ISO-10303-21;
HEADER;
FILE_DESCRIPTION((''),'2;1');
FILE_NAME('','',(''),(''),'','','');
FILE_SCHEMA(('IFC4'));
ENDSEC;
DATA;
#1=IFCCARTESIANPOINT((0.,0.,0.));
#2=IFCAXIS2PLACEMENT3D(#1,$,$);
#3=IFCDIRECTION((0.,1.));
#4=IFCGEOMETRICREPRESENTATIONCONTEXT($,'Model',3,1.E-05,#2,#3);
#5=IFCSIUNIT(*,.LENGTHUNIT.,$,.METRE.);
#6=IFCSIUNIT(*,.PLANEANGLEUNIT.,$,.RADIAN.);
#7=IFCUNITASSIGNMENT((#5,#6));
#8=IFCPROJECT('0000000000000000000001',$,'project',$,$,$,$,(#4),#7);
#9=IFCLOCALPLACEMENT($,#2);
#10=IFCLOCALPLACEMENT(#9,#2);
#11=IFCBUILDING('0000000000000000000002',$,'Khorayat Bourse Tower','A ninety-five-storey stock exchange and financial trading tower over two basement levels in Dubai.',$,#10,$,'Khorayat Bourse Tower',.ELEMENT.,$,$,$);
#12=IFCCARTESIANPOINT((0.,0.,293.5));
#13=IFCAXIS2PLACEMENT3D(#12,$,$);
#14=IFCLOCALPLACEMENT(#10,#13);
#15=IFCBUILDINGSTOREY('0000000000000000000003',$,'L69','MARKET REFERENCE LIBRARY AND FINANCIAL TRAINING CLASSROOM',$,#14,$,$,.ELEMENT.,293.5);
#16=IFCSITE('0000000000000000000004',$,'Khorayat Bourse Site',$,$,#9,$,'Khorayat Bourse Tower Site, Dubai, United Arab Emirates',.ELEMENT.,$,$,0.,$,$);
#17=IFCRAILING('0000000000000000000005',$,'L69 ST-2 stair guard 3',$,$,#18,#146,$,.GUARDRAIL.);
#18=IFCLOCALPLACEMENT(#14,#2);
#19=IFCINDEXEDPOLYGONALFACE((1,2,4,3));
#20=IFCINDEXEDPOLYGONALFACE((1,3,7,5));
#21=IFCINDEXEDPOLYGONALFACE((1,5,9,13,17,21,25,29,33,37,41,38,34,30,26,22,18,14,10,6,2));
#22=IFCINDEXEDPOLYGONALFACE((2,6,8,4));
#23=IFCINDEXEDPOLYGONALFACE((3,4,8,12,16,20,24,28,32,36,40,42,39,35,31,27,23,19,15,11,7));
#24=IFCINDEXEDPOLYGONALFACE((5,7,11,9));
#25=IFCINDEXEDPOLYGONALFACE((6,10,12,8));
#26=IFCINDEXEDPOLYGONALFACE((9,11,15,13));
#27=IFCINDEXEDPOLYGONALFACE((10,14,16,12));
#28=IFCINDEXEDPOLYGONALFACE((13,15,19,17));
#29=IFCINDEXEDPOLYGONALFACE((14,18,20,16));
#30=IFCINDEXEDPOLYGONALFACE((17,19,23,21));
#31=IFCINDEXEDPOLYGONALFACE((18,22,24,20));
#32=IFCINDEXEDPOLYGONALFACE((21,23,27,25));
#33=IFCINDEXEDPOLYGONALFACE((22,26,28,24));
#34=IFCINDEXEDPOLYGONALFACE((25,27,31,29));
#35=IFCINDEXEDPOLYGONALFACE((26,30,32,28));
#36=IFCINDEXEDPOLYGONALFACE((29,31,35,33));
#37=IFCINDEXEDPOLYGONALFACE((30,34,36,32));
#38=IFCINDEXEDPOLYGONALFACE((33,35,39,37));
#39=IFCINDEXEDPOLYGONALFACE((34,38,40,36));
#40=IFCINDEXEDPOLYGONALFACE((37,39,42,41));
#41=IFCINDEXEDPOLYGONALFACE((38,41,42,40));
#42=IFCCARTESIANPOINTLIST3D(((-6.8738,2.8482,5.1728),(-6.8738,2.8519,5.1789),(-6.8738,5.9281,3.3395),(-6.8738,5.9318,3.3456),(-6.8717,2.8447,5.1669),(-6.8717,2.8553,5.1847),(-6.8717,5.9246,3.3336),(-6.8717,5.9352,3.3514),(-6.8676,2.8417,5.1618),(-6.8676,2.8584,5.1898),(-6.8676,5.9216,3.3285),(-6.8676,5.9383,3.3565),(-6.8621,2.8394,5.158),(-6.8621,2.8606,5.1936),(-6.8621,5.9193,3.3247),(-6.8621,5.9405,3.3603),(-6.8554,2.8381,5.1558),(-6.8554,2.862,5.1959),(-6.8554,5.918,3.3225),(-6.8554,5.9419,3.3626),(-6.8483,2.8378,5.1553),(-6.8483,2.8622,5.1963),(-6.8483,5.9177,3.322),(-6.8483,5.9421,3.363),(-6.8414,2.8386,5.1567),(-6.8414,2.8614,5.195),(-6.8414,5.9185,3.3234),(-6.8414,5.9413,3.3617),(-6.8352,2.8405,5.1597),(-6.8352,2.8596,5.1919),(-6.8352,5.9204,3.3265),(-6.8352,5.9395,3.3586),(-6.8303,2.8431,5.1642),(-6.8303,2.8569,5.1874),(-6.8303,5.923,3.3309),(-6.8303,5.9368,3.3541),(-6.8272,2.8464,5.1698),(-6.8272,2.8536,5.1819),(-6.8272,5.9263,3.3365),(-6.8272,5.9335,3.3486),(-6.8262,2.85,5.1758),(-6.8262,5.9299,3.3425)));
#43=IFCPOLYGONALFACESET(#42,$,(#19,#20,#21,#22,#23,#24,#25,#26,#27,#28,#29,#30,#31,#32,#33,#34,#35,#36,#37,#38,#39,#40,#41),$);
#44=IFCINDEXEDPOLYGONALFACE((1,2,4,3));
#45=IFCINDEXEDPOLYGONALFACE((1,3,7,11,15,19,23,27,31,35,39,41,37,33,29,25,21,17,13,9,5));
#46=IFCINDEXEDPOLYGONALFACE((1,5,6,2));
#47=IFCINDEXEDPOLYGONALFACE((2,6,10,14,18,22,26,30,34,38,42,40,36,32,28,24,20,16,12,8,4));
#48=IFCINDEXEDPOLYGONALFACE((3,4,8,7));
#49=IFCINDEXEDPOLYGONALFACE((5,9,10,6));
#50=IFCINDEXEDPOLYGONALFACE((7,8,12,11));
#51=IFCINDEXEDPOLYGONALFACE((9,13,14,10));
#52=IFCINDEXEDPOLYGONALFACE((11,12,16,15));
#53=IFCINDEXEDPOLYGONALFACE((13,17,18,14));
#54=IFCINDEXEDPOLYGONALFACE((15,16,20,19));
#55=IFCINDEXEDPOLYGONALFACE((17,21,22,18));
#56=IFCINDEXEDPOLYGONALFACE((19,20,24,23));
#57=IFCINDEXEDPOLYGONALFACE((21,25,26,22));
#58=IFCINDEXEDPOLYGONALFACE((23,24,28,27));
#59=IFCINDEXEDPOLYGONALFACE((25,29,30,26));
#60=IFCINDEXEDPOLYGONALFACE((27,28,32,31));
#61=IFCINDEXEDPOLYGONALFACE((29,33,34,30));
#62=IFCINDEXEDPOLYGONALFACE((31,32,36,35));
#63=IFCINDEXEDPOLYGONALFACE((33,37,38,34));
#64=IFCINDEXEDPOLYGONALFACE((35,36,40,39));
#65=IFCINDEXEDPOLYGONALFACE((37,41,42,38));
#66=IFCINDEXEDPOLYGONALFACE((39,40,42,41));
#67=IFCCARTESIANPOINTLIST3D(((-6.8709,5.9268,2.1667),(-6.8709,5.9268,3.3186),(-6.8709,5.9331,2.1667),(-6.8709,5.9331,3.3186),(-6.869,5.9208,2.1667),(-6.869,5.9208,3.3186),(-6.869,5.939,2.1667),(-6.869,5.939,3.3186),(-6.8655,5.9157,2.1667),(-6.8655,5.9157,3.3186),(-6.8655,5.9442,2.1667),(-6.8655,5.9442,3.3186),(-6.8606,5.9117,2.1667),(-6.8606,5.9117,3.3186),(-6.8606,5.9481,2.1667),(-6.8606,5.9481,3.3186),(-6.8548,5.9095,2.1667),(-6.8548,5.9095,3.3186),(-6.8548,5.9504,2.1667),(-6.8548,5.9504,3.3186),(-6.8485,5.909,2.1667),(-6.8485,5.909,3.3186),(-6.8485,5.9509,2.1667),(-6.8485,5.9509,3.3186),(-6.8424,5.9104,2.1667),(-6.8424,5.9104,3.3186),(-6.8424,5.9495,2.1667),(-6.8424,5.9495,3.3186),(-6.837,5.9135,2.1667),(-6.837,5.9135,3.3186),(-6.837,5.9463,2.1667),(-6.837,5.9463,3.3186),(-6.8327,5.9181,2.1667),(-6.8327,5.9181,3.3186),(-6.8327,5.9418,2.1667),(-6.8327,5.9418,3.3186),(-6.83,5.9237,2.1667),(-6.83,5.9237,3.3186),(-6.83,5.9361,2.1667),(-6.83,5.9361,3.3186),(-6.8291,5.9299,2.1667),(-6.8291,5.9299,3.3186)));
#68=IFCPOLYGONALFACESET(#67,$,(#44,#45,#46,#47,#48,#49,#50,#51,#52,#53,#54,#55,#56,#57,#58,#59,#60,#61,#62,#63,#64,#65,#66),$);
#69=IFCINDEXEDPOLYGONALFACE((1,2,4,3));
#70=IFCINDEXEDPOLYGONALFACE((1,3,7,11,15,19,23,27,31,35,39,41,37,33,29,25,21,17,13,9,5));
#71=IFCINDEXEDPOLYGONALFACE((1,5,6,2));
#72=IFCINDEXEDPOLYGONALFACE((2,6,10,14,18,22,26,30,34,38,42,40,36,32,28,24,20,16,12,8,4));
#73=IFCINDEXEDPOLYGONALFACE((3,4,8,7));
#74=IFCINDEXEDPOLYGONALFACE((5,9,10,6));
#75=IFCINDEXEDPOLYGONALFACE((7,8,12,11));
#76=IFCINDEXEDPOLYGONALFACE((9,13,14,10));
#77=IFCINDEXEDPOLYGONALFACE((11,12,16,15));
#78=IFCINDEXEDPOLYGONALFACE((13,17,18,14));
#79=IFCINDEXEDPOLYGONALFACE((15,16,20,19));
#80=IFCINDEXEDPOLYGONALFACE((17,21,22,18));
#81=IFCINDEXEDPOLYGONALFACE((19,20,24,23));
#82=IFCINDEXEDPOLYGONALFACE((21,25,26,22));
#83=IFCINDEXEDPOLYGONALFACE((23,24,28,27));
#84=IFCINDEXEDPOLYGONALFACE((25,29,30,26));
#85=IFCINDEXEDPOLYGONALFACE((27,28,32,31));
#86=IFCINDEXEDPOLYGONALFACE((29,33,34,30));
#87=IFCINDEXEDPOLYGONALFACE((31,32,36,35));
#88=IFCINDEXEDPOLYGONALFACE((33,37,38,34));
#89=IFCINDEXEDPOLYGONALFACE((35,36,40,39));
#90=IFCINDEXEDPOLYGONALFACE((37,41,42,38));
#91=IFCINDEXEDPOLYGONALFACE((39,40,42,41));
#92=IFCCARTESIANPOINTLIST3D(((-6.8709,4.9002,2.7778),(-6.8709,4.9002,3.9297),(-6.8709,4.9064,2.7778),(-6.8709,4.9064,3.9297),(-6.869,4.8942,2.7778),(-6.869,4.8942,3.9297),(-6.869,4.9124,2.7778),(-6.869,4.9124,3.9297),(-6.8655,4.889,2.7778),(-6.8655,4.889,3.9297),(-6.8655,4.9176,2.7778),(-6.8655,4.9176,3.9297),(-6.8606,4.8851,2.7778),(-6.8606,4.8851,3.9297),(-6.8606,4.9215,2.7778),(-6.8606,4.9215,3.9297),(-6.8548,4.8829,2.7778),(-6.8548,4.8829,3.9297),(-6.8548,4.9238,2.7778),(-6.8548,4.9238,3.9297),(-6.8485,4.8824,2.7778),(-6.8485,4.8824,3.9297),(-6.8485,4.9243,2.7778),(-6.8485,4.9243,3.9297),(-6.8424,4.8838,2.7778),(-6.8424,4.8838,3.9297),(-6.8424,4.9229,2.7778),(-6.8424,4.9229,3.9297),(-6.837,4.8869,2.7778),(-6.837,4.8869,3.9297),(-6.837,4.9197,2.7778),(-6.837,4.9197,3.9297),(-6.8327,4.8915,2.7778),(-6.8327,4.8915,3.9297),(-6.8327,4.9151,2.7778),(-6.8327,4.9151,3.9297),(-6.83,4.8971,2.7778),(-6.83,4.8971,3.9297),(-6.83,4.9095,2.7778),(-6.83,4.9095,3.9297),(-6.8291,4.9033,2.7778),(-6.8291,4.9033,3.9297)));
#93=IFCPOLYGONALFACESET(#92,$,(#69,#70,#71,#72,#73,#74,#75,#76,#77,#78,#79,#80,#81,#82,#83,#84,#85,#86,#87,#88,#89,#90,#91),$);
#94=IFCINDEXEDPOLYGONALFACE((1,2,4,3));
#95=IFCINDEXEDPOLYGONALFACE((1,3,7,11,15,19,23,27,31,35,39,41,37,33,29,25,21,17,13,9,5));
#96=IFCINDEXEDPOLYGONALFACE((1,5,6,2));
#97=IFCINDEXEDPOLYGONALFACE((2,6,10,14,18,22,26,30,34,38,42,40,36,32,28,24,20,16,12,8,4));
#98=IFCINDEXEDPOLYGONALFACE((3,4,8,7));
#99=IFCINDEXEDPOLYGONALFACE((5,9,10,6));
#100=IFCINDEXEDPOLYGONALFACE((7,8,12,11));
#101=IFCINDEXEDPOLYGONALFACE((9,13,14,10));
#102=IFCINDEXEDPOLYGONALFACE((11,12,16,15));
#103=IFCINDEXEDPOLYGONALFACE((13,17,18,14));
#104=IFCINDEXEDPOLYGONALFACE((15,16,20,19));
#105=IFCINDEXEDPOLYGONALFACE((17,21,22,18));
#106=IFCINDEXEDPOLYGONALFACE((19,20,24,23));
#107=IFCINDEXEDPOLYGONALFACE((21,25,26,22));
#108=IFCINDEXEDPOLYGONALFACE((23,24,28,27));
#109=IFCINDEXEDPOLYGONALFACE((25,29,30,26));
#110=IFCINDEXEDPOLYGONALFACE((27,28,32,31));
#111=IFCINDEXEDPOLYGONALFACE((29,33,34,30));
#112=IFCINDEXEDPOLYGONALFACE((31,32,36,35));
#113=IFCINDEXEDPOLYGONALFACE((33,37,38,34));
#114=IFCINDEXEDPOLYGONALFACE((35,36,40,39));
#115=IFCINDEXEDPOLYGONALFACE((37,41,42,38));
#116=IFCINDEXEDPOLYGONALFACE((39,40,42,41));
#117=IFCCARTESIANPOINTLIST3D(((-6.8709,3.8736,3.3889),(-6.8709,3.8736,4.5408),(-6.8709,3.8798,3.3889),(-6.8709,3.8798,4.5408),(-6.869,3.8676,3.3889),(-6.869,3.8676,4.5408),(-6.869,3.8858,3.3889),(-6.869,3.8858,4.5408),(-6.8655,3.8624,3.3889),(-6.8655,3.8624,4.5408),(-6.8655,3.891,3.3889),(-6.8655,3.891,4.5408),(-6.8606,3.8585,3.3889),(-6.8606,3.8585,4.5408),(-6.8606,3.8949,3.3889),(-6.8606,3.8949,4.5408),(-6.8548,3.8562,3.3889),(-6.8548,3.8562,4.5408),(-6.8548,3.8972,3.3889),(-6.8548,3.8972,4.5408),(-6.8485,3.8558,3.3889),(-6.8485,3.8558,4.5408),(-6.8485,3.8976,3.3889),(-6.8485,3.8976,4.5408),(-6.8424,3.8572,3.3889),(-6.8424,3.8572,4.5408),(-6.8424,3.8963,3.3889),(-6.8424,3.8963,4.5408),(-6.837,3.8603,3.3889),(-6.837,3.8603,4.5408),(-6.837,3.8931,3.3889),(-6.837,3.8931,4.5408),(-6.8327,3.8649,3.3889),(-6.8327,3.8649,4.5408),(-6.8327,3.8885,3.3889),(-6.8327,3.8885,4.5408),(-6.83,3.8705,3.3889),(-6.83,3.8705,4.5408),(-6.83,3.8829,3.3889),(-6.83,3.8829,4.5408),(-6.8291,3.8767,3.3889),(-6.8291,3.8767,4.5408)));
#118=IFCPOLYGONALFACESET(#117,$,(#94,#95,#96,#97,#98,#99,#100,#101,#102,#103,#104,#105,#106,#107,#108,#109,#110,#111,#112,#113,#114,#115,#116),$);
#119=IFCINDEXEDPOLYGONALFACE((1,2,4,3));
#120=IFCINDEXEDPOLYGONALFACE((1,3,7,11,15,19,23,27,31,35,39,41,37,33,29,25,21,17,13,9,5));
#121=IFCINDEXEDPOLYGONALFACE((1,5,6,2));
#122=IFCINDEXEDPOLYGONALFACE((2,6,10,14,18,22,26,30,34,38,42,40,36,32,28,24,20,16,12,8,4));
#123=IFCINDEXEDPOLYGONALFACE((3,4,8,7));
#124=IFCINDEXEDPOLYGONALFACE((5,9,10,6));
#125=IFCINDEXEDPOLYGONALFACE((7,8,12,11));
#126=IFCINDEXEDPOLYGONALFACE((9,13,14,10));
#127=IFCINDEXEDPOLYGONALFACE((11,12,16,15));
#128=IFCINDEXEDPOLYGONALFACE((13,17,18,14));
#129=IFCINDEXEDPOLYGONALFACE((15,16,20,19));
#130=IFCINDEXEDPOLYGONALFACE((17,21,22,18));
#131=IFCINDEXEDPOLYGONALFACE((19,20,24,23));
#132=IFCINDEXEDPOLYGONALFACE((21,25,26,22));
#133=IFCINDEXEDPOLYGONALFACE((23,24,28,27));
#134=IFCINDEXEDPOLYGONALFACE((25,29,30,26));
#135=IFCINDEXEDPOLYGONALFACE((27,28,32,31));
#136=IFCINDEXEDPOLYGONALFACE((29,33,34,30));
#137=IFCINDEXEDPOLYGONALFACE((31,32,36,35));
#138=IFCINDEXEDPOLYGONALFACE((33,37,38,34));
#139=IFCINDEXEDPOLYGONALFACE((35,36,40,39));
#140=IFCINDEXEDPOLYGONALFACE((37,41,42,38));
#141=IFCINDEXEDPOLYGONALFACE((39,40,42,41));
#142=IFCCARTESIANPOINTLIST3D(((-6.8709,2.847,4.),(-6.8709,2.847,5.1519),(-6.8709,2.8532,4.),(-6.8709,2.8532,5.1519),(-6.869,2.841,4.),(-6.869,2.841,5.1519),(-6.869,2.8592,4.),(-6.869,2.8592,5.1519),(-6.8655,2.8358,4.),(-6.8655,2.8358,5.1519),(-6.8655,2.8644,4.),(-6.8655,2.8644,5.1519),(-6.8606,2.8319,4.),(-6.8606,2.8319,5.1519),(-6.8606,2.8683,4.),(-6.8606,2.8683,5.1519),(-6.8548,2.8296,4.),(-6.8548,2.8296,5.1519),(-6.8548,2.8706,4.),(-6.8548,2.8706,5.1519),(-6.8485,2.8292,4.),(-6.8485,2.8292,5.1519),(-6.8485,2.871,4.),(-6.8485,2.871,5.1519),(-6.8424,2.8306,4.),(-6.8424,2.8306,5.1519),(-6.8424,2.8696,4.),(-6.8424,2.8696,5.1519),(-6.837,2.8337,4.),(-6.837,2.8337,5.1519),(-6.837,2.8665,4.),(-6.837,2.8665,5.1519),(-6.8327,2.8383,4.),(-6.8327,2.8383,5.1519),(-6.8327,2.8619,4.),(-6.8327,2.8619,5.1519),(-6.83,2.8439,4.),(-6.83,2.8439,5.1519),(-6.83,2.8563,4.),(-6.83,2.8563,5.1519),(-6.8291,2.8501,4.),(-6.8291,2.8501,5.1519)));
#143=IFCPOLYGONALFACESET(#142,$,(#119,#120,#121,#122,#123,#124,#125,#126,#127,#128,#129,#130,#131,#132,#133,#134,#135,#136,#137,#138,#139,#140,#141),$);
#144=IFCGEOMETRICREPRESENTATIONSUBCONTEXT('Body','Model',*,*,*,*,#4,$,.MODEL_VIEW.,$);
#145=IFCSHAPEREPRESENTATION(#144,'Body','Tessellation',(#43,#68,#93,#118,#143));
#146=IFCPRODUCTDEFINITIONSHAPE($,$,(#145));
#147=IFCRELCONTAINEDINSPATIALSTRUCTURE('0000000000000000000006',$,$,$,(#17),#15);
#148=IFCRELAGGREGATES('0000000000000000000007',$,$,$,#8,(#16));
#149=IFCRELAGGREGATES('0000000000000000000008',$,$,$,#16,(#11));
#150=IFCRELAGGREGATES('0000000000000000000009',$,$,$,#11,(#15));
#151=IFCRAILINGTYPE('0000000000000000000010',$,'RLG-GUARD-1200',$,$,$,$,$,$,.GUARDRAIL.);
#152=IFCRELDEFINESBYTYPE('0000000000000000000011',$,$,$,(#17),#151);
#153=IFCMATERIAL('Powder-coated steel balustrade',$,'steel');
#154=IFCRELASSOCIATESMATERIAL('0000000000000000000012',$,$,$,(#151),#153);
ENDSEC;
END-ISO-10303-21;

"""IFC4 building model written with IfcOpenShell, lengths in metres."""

from ifc_helpers import new_model, si_unit, direction, frame, origin, origin_2d, place, context, subcontext, project, spatial, circle, extrude, source, transform, mapped, material, type_object, element, save


model = new_model("IFC4")

# Units and contexts
model_context = context("Model", 3, precision=1e-05, world=origin(), true_north=direction((0.0, 1.0)))
body_context = subcontext(model_context, "Body", "Model", "MODEL_VIEW")
ifc_project = project(units=[si_unit("LENGTHUNIT", "METRE"), si_unit("PLANEANGLEUNIT", "RADIAN")], contexts=[model_context])

# Site, building, storey
site_placement = place(None, origin())
site = spatial("IfcSite", under=ifc_project, at=site_placement, Name="Khorayat Bourse Site", LongName="Khorayat Bourse Tower Site, Dubai, United Arab Emirates", CompositionType="ELEMENT", RefElevation=0.0)
building_placement = place(site_placement, origin())
building = spatial("IfcBuilding", under=site, at=building_placement, Name="Khorayat Bourse Tower", Description="A ninety-five-storey stock exchange and financial trading tower over two basement levels in Dubai.", LongName="Khorayat Bourse Tower", CompositionType="ELEMENT")
storey_placement = place(building_placement, frame((0.0, 0.0, 293.5)))
storey = spatial("IfcBuildingStorey", under=building, at=storey_placement, Name="L69", Description="MARKET REFERENCE LIBRARY AND FINANCIAL TRAINING CLASSROOM", CompositionType="ELEMENT", Elevation=293.5)

# Railing
ifc_material_1 = material(Name="Powder-coated steel balustrade", Category="steel")
railing_type_1 = type_object("IfcRailingType", Name="RLG-GUARD-1200", PredefinedType="GUARDRAIL", material=ifc_material_1)
shared_shape_1 = source(origin(), body_context, "Body", "SweptSolid", [
    extrude(circle(Radius=0.0239, at=origin_2d()), frame((0.0, 0.0, 1.1758), z_axis=(0.0, -0.859291, 0.511487), x_axis=(1.0, 0.0, 0.0)), (0.0, 0.0, 1.0), 3.5842),
    extrude(circle(Radius=0.021, at=origin_2d()), origin(), (0.0, 0.0, 1.0), 1.1519),
    extrude(circle(Radius=0.021, at=origin_2d()), frame((0.0, -1.0266, 0.6111)), (0.0, 0.0, 1.0), 1.1519),
    extrude(circle(Radius=0.021, at=origin_2d()), frame((0.0, -2.0532, 1.2222)), (0.0, 0.0, 1.0), 1.1519),
    extrude(circle(Radius=0.021, at=origin_2d()), frame((0.0, -3.0798, 1.8333)), (0.0, 0.0, 1.0), 1.1519),
])
railing_1_placement = place(storey_placement, frame((-6.8501, 5.9299, 2.1667)))
element("IfcRailing", 1, at=railing_1_placement, inside=storey, type_object=railing_type_1, Name="L69 ST-2 stair guard 3", PredefinedType="GUARDRAIL", context=body_context, shape_type="MappedRepresentation", body=[
    mapped(shared_shape_1, transform((0.0, 0.0, 0.0), scale=1.0)),
])

save(model, "model.ifc")
